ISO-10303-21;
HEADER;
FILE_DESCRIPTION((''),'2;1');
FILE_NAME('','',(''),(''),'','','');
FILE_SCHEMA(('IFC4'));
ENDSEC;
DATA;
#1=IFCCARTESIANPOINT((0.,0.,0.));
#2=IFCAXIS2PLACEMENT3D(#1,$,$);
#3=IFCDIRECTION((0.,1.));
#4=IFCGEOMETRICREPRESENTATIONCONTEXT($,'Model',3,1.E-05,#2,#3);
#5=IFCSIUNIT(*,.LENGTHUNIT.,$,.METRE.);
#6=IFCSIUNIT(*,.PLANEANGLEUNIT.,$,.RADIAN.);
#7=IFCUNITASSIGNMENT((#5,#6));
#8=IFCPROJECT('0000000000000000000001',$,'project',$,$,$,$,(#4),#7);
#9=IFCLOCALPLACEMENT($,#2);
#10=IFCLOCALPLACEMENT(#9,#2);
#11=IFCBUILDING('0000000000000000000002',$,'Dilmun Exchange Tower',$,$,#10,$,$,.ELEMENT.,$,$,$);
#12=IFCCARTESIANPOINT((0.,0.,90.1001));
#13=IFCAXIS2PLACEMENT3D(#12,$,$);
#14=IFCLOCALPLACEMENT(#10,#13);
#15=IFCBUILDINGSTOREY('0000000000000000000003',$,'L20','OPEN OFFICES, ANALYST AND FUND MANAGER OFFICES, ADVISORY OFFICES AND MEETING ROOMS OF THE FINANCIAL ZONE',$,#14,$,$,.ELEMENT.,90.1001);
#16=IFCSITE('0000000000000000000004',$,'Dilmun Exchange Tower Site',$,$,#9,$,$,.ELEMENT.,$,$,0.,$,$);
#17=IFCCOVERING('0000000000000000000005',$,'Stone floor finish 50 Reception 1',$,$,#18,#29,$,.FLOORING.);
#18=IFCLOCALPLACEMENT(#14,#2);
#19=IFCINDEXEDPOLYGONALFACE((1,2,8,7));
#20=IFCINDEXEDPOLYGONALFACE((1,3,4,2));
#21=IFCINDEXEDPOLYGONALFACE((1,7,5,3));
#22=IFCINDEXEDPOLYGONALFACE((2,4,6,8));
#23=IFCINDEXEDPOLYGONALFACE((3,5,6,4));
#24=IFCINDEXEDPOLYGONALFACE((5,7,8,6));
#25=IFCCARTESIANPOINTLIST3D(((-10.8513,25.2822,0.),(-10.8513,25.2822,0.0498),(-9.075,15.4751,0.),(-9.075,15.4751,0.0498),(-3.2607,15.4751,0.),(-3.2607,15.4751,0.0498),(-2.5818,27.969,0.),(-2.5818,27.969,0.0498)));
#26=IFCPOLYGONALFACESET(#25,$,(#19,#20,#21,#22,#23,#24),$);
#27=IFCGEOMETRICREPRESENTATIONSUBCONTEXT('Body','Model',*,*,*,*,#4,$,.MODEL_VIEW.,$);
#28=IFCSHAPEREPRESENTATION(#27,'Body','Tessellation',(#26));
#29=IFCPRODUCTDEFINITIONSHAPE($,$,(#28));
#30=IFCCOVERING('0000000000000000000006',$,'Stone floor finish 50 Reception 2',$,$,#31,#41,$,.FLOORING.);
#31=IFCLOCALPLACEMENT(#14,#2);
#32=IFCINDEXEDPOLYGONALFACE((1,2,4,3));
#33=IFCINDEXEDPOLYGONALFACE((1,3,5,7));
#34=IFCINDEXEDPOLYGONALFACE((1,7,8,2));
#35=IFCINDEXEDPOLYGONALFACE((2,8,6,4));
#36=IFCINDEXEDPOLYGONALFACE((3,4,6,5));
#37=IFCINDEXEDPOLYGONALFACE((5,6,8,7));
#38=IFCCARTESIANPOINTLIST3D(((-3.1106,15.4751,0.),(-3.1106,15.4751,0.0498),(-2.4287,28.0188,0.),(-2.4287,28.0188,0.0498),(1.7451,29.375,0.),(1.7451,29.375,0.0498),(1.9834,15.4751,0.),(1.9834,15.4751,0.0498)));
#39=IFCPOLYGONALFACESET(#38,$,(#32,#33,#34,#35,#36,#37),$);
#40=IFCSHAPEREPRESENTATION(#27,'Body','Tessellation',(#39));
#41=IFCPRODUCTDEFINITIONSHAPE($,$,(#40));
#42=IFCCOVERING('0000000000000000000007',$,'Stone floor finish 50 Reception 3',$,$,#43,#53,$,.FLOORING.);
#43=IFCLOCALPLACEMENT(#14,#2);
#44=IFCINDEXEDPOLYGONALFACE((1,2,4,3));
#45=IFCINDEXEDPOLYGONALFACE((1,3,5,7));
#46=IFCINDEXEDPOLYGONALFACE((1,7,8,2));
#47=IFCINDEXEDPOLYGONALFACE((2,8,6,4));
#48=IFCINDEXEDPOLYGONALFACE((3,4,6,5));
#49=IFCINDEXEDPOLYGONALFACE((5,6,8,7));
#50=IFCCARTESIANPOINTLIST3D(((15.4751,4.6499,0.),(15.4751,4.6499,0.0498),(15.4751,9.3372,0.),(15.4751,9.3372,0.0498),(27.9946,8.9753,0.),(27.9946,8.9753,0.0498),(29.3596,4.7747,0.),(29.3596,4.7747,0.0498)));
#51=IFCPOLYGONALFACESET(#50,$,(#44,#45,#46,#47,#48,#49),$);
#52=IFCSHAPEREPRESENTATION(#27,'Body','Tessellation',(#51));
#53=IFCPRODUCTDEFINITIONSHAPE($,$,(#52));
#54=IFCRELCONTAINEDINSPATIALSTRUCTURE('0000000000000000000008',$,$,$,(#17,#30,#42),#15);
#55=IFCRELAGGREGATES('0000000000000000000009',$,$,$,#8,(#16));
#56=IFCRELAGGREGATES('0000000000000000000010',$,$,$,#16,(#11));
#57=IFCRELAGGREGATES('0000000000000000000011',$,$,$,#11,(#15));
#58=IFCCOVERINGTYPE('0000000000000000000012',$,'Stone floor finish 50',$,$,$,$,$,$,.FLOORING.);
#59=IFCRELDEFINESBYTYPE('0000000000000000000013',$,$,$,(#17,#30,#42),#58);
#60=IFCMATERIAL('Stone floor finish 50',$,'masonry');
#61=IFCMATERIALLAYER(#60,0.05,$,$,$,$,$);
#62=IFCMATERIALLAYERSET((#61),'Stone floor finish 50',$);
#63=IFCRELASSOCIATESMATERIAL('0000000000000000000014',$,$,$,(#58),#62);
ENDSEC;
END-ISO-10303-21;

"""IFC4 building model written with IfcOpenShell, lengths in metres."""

from ifc_helpers import new_model, si_unit, direction, frame, origin, place, context, subcontext, project, spatial, polyline, outline, extrude, material, layer, layer_set, type_object, element, save


model = new_model("IFC4")

# Units and contexts
model_context = context("Model", 3, precision=1e-05, world=origin(), true_north=direction((0.0, 1.0)))
body_context = subcontext(model_context, "Body", "Model", "MODEL_VIEW")
ifc_project = project(units=[si_unit("LENGTHUNIT", "METRE"), si_unit("PLANEANGLEUNIT", "RADIAN")], contexts=[model_context])

# Site, building, storey
site_placement = place(None, origin())
site = spatial("IfcSite", under=ifc_project, at=site_placement, Name="Dilmun Exchange Tower Site", CompositionType="ELEMENT", RefElevation=0.0)
building_placement = place(site_placement, origin())
building = spatial("IfcBuilding", under=site, at=building_placement, Name="Dilmun Exchange Tower", CompositionType="ELEMENT")
storey_placement = place(building_placement, frame((0.0, 0.0, 90.1001)))
storey = spatial("IfcBuildingStorey", under=building, at=storey_placement, Name="L20", Description="OPEN OFFICES, ANALYST AND FUND MANAGER OFFICES, ADVISORY OFFICES AND MEETING ROOMS OF THE FINANCIAL ZONE", CompositionType="ELEMENT", Elevation=90.1001)

# Coverings
ifc_material_1 = material(Name="Stone floor finish 50", Category="masonry")
ifc_layer_1 = layer(ifc_material_1, 0.05)
ifc_layer_set_1 = layer_set([ifc_layer_1], Name="Stone floor finish 50")
covering_type_1 = type_object("IfcCoveringType", Name="Stone floor finish 50", PredefinedType="FLOORING", material=ifc_layer_set_1)
covering_1_placement = place(storey_placement, origin())
element("IfcCovering", 1, at=covering_1_placement, inside=storey, type_object=covering_type_1, Name="Stone floor finish 50 Reception 1", PredefinedType="FLOORING", context=body_context, shape_type="SweptSolid", body=[
    extrude(outline(polyline([(-10.8513, 25.2822), (-2.5818, 27.969), (-3.2607, 15.4751), (-9.075, 15.4751), (-10.8513, 25.2822)])), origin(), (0.0, 0.0, 1.0), 0.0498),
])
covering_2_placement = place(storey_placement, origin())
element("IfcCovering", 2, at=covering_2_placement, inside=storey, type_object=covering_type_1, Name="Stone floor finish 50 Reception 2", PredefinedType="FLOORING", context=body_context, shape_type="SweptSolid", body=[
    extrude(outline(polyline([(-3.1106, 15.4751), (-2.4287, 28.0188), (1.7451, 29.375), (1.9834, 15.4751), (-3.1106, 15.4751)])), origin(), (0.0, 0.0, 1.0), 0.0498),
])
covering_3_placement = place(storey_placement, origin())
element("IfcCovering", 3, at=covering_3_placement, inside=storey, type_object=covering_type_1, Name="Stone floor finish 50 Reception 3", PredefinedType="FLOORING", context=body_context, shape_type="SweptSolid", body=[
    extrude(outline(polyline([(15.4751, 9.3372), (27.9946, 8.9753), (29.3596, 4.7747), (15.4751, 4.6499), (15.4751, 9.3372)])), origin(), (0.0, 0.0, 1.0), 0.0498),
])

save(model, "model.ifc")
